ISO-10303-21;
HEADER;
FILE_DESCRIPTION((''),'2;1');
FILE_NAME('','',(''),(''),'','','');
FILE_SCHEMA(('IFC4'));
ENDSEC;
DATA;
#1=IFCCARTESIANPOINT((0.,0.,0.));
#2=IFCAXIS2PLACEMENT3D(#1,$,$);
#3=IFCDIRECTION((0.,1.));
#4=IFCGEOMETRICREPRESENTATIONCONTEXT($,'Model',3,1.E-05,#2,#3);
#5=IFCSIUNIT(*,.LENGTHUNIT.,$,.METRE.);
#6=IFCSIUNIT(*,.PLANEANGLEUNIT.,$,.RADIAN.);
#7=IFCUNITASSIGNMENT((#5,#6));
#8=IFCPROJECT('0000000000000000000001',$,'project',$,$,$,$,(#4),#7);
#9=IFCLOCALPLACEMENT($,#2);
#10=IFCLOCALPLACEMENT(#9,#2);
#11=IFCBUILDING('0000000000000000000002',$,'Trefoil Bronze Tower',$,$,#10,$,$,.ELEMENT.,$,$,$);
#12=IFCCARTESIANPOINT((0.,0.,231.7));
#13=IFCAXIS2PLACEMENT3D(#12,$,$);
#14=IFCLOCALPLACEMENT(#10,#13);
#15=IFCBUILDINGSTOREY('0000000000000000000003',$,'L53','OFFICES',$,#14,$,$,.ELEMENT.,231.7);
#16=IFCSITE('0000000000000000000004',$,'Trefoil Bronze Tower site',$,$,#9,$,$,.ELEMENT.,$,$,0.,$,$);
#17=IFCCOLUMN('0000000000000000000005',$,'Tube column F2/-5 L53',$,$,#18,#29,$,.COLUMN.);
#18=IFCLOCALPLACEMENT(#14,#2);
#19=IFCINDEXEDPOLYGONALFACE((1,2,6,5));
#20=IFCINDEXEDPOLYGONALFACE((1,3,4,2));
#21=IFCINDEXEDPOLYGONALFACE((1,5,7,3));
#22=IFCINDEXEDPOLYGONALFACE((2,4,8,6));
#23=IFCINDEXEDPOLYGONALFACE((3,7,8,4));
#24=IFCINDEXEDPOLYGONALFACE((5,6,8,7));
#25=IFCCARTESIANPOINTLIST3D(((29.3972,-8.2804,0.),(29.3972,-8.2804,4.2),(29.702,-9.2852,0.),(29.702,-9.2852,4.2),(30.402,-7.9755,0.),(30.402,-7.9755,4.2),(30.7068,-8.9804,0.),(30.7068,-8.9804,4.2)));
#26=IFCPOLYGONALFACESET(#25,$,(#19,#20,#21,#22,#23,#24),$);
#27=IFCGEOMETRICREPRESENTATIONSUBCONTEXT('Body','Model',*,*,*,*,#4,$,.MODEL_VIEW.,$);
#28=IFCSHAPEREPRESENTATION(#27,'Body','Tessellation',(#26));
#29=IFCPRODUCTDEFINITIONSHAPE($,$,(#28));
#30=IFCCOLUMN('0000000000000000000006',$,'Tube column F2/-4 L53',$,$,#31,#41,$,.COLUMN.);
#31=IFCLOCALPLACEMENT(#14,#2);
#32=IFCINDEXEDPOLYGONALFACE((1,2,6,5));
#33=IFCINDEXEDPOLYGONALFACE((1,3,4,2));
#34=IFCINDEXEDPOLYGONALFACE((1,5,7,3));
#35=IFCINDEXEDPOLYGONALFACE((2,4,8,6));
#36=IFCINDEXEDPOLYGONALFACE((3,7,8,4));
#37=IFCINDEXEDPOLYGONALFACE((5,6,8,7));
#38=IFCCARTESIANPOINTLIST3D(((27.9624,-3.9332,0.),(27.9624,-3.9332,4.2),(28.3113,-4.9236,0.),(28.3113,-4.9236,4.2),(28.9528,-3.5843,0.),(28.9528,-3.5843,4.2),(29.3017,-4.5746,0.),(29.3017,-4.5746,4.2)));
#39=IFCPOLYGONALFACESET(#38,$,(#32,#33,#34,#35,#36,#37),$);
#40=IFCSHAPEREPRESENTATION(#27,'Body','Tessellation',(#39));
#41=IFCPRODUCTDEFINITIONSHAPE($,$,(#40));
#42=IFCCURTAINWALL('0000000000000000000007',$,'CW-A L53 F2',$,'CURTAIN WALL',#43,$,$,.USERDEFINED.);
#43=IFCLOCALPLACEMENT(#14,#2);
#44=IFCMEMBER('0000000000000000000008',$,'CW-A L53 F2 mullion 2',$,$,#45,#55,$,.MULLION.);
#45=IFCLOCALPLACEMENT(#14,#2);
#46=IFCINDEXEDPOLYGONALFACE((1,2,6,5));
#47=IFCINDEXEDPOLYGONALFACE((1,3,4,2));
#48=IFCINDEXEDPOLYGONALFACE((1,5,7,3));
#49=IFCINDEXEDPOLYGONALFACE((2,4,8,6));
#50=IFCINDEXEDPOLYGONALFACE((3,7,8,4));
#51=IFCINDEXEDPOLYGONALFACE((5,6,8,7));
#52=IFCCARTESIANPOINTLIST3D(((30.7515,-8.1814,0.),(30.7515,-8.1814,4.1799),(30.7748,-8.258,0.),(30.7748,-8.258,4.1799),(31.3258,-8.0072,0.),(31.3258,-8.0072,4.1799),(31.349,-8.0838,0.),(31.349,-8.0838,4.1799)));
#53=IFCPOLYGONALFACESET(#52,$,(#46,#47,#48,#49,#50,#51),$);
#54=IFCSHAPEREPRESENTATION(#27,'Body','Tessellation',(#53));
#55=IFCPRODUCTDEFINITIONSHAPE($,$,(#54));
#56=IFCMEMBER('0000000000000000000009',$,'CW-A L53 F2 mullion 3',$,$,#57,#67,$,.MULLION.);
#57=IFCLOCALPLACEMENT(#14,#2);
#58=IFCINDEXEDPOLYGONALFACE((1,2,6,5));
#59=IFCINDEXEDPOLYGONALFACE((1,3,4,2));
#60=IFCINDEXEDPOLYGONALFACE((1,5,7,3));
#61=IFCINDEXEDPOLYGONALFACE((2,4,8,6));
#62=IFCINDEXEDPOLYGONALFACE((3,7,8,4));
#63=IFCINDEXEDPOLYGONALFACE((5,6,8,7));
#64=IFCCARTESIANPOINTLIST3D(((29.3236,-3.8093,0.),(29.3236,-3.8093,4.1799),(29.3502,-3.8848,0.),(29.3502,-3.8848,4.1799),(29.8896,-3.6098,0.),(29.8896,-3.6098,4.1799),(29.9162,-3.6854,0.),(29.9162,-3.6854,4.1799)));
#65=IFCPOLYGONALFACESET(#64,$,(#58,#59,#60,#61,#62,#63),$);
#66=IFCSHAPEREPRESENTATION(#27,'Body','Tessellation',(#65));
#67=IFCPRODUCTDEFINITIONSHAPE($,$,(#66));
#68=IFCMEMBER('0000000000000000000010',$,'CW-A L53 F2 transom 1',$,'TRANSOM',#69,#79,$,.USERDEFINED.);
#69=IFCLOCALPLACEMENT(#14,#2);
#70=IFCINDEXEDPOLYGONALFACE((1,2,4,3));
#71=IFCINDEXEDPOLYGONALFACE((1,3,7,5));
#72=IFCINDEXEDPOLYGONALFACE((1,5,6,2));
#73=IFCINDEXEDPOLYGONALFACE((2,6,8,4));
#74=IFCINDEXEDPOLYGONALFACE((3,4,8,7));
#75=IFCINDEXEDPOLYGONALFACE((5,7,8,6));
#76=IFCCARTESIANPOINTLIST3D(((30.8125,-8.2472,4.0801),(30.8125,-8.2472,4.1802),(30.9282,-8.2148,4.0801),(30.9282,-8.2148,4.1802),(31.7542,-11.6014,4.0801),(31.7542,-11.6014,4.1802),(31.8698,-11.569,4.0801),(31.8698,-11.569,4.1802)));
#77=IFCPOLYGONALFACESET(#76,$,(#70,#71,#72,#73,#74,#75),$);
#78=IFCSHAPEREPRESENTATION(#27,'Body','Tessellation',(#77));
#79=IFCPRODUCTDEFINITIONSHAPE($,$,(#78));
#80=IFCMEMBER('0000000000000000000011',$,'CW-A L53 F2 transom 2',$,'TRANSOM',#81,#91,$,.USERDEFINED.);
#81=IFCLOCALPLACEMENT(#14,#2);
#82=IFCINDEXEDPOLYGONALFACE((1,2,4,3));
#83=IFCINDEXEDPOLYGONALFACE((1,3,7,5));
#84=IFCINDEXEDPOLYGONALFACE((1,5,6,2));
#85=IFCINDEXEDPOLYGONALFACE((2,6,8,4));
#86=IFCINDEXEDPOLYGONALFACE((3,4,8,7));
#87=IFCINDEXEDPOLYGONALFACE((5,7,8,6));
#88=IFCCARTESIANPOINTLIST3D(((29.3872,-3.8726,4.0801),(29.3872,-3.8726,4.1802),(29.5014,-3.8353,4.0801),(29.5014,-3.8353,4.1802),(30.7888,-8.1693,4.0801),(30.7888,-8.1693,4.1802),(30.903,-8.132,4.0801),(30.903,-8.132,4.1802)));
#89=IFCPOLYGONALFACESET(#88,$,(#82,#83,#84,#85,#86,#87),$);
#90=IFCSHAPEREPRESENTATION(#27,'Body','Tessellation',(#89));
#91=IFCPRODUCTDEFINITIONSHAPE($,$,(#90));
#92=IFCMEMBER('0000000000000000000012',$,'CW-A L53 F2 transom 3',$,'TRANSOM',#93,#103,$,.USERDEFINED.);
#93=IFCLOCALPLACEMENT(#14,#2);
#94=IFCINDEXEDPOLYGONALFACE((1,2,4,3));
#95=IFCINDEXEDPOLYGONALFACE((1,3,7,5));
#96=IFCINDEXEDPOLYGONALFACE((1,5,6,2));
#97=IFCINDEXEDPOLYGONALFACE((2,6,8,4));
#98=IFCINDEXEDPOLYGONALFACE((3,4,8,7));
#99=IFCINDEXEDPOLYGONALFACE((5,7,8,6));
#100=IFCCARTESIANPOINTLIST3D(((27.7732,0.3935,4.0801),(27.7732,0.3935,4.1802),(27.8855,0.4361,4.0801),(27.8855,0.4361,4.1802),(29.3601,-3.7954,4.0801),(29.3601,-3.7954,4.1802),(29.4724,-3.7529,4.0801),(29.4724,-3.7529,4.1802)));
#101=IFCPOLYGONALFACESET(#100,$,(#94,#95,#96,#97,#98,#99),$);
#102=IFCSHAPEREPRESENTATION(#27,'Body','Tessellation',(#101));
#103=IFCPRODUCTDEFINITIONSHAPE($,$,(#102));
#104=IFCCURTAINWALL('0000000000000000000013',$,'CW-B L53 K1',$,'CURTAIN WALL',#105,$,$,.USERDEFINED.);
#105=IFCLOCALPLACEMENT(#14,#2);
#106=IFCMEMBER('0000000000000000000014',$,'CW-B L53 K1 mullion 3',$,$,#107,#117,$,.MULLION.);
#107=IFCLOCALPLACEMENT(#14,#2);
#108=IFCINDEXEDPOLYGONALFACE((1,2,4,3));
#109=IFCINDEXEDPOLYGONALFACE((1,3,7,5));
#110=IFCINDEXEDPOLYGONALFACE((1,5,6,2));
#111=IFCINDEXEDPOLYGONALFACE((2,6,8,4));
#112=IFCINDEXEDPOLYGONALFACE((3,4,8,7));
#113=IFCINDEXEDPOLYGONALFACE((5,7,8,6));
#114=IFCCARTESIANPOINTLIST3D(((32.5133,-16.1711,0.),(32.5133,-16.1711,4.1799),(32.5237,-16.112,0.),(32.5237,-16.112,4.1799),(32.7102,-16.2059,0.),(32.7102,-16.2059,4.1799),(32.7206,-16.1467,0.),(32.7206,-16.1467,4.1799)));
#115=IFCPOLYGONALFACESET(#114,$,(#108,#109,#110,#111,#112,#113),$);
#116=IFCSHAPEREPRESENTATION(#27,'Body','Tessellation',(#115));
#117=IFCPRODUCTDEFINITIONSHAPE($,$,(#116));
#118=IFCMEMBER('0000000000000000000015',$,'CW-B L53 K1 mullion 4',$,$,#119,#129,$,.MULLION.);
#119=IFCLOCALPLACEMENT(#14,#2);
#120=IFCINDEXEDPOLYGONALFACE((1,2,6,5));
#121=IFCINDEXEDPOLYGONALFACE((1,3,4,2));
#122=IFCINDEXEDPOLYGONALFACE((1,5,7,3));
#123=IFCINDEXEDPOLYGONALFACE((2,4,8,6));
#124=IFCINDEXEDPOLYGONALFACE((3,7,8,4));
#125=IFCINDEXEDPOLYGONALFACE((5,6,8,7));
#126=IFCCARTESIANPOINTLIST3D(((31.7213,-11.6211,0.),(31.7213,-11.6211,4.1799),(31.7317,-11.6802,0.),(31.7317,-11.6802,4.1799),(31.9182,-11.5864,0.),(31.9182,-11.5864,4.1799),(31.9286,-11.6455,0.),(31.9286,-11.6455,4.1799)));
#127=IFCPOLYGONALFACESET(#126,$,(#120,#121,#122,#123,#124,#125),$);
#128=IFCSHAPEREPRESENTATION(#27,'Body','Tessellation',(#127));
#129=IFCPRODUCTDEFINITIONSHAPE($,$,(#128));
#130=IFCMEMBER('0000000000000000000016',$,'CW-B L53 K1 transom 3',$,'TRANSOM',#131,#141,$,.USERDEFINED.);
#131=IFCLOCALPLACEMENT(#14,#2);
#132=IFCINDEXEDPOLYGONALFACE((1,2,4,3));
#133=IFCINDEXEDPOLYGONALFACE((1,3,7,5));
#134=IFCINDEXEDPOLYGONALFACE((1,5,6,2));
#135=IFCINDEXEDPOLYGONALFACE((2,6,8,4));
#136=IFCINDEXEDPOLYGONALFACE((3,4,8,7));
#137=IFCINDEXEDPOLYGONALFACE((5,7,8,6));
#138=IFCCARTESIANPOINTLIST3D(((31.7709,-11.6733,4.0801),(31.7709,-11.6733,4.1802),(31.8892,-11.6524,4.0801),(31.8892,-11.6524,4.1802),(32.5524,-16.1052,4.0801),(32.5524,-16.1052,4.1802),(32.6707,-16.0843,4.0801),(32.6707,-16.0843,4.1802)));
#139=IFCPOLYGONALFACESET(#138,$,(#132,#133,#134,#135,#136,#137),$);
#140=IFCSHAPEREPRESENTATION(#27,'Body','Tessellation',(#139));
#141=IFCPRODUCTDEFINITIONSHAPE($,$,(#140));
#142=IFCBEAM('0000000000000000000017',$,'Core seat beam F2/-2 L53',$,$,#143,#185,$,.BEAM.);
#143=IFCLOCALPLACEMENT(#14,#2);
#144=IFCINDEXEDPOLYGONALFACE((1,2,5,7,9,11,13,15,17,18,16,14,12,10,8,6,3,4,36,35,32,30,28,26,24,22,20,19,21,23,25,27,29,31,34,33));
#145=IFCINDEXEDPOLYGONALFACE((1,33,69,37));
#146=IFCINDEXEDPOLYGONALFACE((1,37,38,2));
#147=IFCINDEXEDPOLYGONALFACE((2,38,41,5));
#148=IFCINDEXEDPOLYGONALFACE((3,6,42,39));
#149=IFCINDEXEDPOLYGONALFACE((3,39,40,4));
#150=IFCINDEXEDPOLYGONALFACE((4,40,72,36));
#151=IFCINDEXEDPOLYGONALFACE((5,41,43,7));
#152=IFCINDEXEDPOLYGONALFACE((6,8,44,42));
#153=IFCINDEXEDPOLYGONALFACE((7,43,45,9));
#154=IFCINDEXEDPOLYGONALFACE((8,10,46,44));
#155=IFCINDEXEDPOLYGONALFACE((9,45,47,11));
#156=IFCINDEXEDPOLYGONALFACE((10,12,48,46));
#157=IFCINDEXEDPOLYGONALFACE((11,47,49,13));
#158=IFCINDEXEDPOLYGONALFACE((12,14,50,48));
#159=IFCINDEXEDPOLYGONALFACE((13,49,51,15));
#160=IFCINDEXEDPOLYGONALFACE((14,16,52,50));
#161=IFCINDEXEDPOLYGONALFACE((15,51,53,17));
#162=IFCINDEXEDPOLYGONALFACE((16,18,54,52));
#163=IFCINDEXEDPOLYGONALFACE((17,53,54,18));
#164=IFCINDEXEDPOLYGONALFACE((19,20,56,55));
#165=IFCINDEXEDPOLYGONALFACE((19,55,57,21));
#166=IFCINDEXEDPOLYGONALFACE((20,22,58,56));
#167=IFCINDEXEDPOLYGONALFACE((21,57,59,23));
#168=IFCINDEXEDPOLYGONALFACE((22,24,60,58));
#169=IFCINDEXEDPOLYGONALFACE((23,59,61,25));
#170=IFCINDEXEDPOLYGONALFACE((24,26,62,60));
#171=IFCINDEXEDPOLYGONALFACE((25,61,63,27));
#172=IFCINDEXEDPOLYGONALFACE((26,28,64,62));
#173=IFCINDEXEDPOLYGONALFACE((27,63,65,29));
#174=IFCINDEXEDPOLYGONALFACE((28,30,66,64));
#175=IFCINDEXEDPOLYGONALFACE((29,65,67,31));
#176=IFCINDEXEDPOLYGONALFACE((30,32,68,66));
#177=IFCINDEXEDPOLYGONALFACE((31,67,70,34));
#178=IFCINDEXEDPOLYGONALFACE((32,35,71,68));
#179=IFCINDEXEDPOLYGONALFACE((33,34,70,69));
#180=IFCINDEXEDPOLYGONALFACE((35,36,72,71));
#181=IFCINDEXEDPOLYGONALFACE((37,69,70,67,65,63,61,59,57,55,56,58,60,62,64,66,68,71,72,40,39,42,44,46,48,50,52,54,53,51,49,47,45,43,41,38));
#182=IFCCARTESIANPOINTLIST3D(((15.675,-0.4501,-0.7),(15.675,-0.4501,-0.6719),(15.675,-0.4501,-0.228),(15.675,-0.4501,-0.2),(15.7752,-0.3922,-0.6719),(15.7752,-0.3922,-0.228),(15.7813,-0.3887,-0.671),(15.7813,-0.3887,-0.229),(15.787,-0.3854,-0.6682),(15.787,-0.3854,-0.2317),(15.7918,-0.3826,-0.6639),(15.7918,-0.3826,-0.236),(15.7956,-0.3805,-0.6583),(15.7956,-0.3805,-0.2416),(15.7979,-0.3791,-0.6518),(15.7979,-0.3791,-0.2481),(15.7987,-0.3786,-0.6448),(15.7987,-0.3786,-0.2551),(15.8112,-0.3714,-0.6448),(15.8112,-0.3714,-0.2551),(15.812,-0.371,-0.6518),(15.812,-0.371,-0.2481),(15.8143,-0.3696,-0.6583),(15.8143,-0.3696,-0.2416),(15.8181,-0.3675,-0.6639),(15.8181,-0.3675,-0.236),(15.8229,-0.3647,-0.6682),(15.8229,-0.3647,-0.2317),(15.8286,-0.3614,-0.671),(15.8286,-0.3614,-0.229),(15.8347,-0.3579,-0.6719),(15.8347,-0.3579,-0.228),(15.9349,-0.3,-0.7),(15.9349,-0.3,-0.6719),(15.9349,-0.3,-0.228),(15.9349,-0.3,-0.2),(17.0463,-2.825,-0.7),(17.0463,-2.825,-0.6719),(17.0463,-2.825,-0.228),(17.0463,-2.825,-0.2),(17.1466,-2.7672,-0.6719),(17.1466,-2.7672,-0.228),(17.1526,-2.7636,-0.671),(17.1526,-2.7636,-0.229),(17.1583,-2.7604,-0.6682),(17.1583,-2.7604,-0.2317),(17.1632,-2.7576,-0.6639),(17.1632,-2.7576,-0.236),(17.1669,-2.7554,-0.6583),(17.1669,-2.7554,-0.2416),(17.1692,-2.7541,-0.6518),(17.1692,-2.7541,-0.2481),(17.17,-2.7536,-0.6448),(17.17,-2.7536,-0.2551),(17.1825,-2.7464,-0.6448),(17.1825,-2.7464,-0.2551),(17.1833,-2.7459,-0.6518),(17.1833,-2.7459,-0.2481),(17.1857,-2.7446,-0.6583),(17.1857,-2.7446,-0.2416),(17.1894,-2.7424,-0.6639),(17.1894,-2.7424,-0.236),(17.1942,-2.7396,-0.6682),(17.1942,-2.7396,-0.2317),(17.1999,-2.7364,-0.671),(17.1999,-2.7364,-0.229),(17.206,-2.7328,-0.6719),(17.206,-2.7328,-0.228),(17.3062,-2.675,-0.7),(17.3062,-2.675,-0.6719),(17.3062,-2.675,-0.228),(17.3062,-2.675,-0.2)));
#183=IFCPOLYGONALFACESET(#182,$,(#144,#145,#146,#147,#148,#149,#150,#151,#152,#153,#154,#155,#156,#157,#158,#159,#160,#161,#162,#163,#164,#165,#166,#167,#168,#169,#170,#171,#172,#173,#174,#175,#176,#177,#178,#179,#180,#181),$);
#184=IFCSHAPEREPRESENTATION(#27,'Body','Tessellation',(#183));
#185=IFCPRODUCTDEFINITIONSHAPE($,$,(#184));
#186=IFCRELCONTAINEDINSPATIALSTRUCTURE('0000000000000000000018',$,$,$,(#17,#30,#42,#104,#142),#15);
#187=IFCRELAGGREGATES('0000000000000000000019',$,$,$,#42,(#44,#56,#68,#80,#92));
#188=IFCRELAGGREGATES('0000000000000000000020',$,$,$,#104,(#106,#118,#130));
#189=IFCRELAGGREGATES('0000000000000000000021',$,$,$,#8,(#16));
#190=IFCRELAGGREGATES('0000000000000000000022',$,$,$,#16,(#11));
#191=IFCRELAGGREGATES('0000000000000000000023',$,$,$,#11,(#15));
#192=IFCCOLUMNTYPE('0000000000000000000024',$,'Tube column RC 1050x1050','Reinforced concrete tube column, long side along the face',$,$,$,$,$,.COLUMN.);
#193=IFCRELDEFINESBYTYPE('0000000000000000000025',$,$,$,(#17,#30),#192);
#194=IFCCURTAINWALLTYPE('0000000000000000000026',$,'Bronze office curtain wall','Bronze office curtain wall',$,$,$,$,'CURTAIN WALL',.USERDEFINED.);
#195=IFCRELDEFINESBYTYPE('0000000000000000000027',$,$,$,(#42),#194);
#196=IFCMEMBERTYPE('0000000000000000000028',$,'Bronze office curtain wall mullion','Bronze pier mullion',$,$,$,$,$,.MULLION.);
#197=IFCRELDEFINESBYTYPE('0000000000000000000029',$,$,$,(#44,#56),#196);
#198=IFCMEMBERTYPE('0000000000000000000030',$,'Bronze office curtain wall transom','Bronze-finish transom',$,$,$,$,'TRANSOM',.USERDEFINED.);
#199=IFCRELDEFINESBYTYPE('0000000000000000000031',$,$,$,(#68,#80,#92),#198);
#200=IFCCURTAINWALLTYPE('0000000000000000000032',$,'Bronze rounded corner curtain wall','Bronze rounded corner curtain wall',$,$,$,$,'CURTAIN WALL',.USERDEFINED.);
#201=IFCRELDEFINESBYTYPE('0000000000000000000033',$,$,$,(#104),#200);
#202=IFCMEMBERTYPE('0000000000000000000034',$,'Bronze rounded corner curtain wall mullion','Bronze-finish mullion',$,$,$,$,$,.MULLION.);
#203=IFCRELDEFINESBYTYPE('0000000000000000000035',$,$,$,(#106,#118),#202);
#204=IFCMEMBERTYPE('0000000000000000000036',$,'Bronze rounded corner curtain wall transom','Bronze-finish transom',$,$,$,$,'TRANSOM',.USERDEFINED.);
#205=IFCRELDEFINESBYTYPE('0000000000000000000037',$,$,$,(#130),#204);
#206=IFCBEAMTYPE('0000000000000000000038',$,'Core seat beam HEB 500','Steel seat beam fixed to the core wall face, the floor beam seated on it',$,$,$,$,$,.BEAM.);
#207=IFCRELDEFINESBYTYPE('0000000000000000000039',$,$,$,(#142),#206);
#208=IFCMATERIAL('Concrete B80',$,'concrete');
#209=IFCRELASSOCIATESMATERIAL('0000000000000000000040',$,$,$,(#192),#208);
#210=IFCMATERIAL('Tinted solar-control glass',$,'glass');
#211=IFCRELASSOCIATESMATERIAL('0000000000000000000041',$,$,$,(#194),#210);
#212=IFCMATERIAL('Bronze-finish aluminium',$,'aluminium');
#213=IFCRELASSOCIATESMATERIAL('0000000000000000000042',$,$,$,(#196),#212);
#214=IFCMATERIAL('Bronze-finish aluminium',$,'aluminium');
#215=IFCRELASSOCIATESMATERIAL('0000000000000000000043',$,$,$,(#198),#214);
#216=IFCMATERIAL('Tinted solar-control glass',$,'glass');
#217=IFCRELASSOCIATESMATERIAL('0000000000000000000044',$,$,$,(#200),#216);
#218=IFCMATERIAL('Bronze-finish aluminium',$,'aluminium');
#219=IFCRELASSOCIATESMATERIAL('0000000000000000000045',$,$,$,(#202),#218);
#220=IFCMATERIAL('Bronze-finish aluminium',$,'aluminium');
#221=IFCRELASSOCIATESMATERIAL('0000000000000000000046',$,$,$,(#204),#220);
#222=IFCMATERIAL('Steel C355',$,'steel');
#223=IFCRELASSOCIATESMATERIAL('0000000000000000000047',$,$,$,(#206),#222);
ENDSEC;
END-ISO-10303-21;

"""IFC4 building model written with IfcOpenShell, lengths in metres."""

from ifc_helpers import new_model, si_unit, direction, frame, origin, origin_2d, place, context, subcontext, project, spatial, rectangle, i_section, extrude, material, material_profile, profile_set, type_object, element, aggregate, save


model = new_model("IFC4")

# Units and contexts
model_context = context("Model", 3, precision=1e-05, world=origin(), true_north=direction((0.0, 1.0)))
body_context = subcontext(model_context, "Body", "Model", "MODEL_VIEW")
ifc_project = project(units=[si_unit("LENGTHUNIT", "METRE"), si_unit("PLANEANGLEUNIT", "RADIAN")], contexts=[model_context])

# Site, building, storey
site_placement = place(None, origin())
site = spatial("IfcSite", under=ifc_project, at=site_placement, Name="Trefoil Bronze Tower site", CompositionType="ELEMENT", RefElevation=0.0)
building_placement = place(site_placement, origin())
building = spatial("IfcBuilding", under=site, at=building_placement, Name="Trefoil Bronze Tower", CompositionType="ELEMENT")
storey_placement = place(building_placement, frame((0.0, 0.0, 231.7)))
storey = spatial("IfcBuildingStorey", under=building, at=storey_placement, Name="L53", Description="OFFICES", CompositionType="ELEMENT", Elevation=231.7)

# Columns
ifc_material_1 = material(Name="Concrete B80", Category="concrete")
ifc_material_profile_1 = material_profile(ifc_material_1, rectangle(XDim=1.05, YDim=1.05, at=origin_2d()), Name="RC 1050x1050")
ifc_profile_set_1 = profile_set([ifc_material_profile_1], Name="Concrete B80")
column_type = type_object("IfcColumnType", Name="Tube column RC 1050x1050", Description="Reinforced concrete tube column, long side along the face", PredefinedType="COLUMN", material=ifc_profile_set_1)
for number, where, z_axis, x_axis, name in (
    (1, (30.052, -8.6304, 0.0), (0.0, 0.0, 1.0), (-0.290278, 0.956942, 0.0), "Tube column F2/-5 L53"),
    (2, (28.6321, -4.2539, 0.0), (0.0, 0.0, 1.0), (-0.332282, 0.94318, 0.0), "Tube column F2/-4 L53"),
):
    element("IfcColumn", number, at=place(storey_placement, frame(where, z_axis=z_axis, x_axis=x_axis)), inside=storey, type_object=column_type, Name=name, PredefinedType="COLUMN", context=body_context, shape_type="SweptSolid", body=[
        extrude(rectangle(XDim=1.05, YDim=1.05, at=origin_2d()), origin(), (0.0, 0.0, 1.0), 4.2),
    ])

# Curtain walls, members
ifc_material_2 = material(Name="Tinted solar-control glass", Category="glass")
curtain_wall_type_1 = type_object("IfcCurtainWallType", Name="Bronze office curtain wall", Description="Bronze office curtain wall", ElementType="CURTAIN WALL", PredefinedType="USERDEFINED", material=ifc_material_2)
curtain_wall_1_placement = place(storey_placement, origin())
curtain_wall_1 = element("IfcCurtainWall", 3, at=curtain_wall_1_placement, inside=storey, type_object=curtain_wall_type_1, Name="CW-A L53 F2", ObjectType="CURTAIN WALL", PredefinedType="USERDEFINED")
ifc_material_3 = material(Name="Bronze-finish aluminium", Category="aluminium")
ifc_material_profile_2 = material_profile(ifc_material_3, rectangle(XDim=0.6001, YDim=0.0801, at=origin_2d()), Name="CW-A mullion")
ifc_profile_set_2 = profile_set([ifc_material_profile_2], Name="Bronze-finish aluminium")
member_type_1 = type_object("IfcMemberType", Name="Bronze office curtain wall mullion", Description="Bronze pier mullion", PredefinedType="MULLION", material=ifc_profile_set_2)
member_1_placement = place(storey_placement, frame((31.0503, -8.1326, 0.0), z_axis=(0.0, 0.0, 1.0), x_axis=(-0.956942, -0.290278, 0.0)))
member_1 = element("IfcMember", 4, at=member_1_placement, type_object=member_type_1, Name="CW-A L53 F2 mullion 2", PredefinedType="MULLION", context=body_context, shape_type="SweptSolid", body=[
    extrude(rectangle(XDim=0.6001, YDim=0.0801, at=origin_2d()), origin(), (0.0, 0.0, 1.0), 4.1799),
])
member_2_placement = place(storey_placement, frame((29.6199, -3.7473, 0.0), z_axis=(0.0, 0.0, 1.0), x_axis=(-0.94318, -0.332282, 0.0)))
member_2 = element("IfcMember", 5, at=member_2_placement, type_object=member_type_1, Name="CW-A L53 F2 mullion 3", PredefinedType="MULLION", context=body_context, shape_type="SweptSolid", body=[
    extrude(rectangle(XDim=0.6001, YDim=0.0801, at=origin_2d()), origin(), (0.0, 0.0, 1.0), 4.1799),
])
ifc_material_4 = material(Name="Bronze-finish aluminium", Category="aluminium")
ifc_material_profile_3 = material_profile(ifc_material_4, rectangle(XDim=0.1201, YDim=0.1001, at=origin_2d()), Name="CW-A transom")
ifc_profile_set_3 = profile_set([ifc_material_profile_3], Name="Bronze-finish aluminium")
member_type_2 = type_object("IfcMemberType", Name="Bronze office curtain wall transom", Description="Bronze-finish transom", ElementType="TRANSOM", PredefinedType="USERDEFINED", material=ifc_profile_set_3)
member_3_placement = place(storey_placement, frame((31.812, -11.5852, 4.1301), z_axis=(-0.270285, 0.96278, 0.0), x_axis=(-0.96278, -0.270285, 0.0)))
member_3 = element("IfcMember", 6, at=member_3_placement, type_object=member_type_2, Name="CW-A L53 F2 transom 1", ObjectType="TRANSOM", PredefinedType="USERDEFINED", context=body_context, shape_type="SweptSolid", body=[
    extrude(rectangle(XDim=0.1201, YDim=0.1001, at=origin_2d()), origin(), (0.0, 0.0, 1.0), 3.4839),
])
member_4_placement = place(storey_placement, frame((30.8459, -8.1506, 4.1301), z_axis=(-0.310128, 0.950695, 0.0), x_axis=(-0.950695, -0.310128, 0.0)))
member_4 = element("IfcMember", 7, at=member_4_placement, type_object=member_type_2, Name="CW-A L53 F2 transom 2", ObjectType="TRANSOM", PredefinedType="USERDEFINED", context=body_context, shape_type="SweptSolid", body=[
    extrude(rectangle(XDim=0.1201, YDim=0.1001, at=origin_2d()), origin(), (0.0, 0.0, 1.0), 4.5195),
])
member_5_placement = place(storey_placement, frame((29.4163, -3.7742, 4.1301), z_axis=(-0.354263, 0.935146, 0.0), x_axis=(-0.935146, -0.354263, 0.0)))
member_5 = element("IfcMember", 8, at=member_5_placement, type_object=member_type_2, Name="CW-A L53 F2 transom 3", ObjectType="TRANSOM", PredefinedType="USERDEFINED", context=body_context, shape_type="SweptSolid", body=[
    extrude(rectangle(XDim=0.1201, YDim=0.1001, at=origin_2d()), origin(), (0.0, 0.0, 1.0), 4.4795),
])
ifc_material_5 = material(Name="Tinted solar-control glass", Category="glass")
curtain_wall_type_2 = type_object("IfcCurtainWallType", Name="Bronze rounded corner curtain wall", Description="Bronze rounded corner curtain wall", ElementType="CURTAIN WALL", PredefinedType="USERDEFINED", material=ifc_material_5)
curtain_wall_2_placement = place(storey_placement, origin())
curtain_wall_2 = element("IfcCurtainWall", 9, at=curtain_wall_2_placement, inside=storey, type_object=curtain_wall_type_2, Name="CW-B L53 K1", ObjectType="CURTAIN WALL", PredefinedType="USERDEFINED")
ifc_material_6 = material(Name="Bronze-finish aluminium", Category="aluminium")
ifc_material_profile_4 = material_profile(ifc_material_6, rectangle(XDim=0.2, YDim=0.0601, at=origin_2d()), Name="CW-B mullion")
ifc_profile_set_4 = profile_set([ifc_material_profile_4], Name="Bronze-finish aluminium")
member_type_3 = type_object("IfcMemberType", Name="Bronze rounded corner curtain wall mullion", Description="Bronze-finish mullion", PredefinedType="MULLION", material=ifc_profile_set_4)
member_6_placement = place(storey_placement, frame((32.6169, -16.1589, 0.0), z_axis=(0.0, 0.0, 1.0), x_axis=(-0.984808, 0.173648, 0.0)))
member_6 = element("IfcMember", 10, at=member_6_placement, type_object=member_type_3, Name="CW-B L53 K1 mullion 3", PredefinedType="MULLION", context=body_context, shape_type="SweptSolid", body=[
    extrude(rectangle(XDim=0.2, YDim=0.0601, at=origin_2d()), origin(), (0.0, 0.0, 1.0), 4.1799),
])
member_7_placement = place(storey_placement, frame((31.825, -11.6333, 0.0), z_axis=(0.0, 0.0, 1.0), x_axis=(-0.984808, -0.173648, 0.0)))
member_7 = element("IfcMember", 11, at=member_7_placement, type_object=member_type_3, Name="CW-B L53 K1 mullion 4", PredefinedType="MULLION", context=body_context, shape_type="SweptSolid", body=[
    extrude(rectangle(XDim=0.2, YDim=0.0601, at=origin_2d()), origin(), (0.0, 0.0, 1.0), 4.1799),
])
ifc_material_7 = material(Name="Bronze-finish aluminium", Category="aluminium")
ifc_material_profile_5 = material_profile(ifc_material_7, rectangle(XDim=0.1201, YDim=0.1001, at=origin_2d()), Name="CW-B transom")
ifc_profile_set_5 = profile_set([ifc_material_profile_5], Name="Bronze-finish aluminium")
member_type_4 = type_object("IfcMemberType", Name="Bronze rounded corner curtain wall transom", Description="Bronze-finish transom", ElementType="TRANSOM", PredefinedType="USERDEFINED", material=ifc_profile_set_5)
member_8_placement = place(storey_placement, frame((32.6116, -16.0947, 4.1301), z_axis=(-0.173655, 0.984806, 0.0), x_axis=(-0.984806, -0.173655, 0.0)))
member_8 = element("IfcMember", 12, at=member_8_placement, type_object=member_type_4, Name="CW-B L53 K1 transom 3", ObjectType="TRANSOM", PredefinedType="USERDEFINED", context=body_context, shape_type="SweptSolid", body=[
    extrude(rectangle(XDim=0.1201, YDim=0.1001, at=origin_2d()), origin(), (0.0, 0.0, 1.0), 4.5002),
])

# Beam
ifc_material_8 = material(Name="Steel C355", Category="steel")
ifc_material_profile_6 = material_profile(ifc_material_8, i_section(OverallWidth=0.3, OverallDepth=0.5, WebThickness=0.0144, FlangeThickness=0.0281, FilletRadius=0.0271, at=origin_2d()), Name="HEB 500")
ifc_profile_set_6 = profile_set([ifc_material_profile_6], Name="Steel C355")
beam_type_1 = type_object("IfcBeamType", Name="Core seat beam HEB 500", Description="Steel seat beam fixed to the core wall face, the floor beam seated on it", PredefinedType="BEAM", material=ifc_profile_set_6)
beam_1_placement = place(storey_placement, frame((17.1763, -2.75, -0.45), z_axis=(-0.500036, 0.866005, 0.0), x_axis=(-0.866005, -0.500036, 0.0)))
element("IfcBeam", 13, at=beam_1_placement, inside=storey, type_object=beam_type_1, Name="Core seat beam F2/-2 L53", PredefinedType="BEAM", context=body_context, shape_type="SweptSolid", body=[
    extrude(i_section(OverallWidth=0.3, OverallDepth=0.5, WebThickness=0.0144, FlangeThickness=0.0281, FilletRadius=0.0271, at=origin_2d()), origin(), (0.0, 0.0, 1.0), 2.7424),
])

aggregate(curtain_wall_1, [member_1, member_2, member_3, member_4, member_5])
aggregate(curtain_wall_2, [member_6, member_7, member_8])

save(model, "model.ifc")
